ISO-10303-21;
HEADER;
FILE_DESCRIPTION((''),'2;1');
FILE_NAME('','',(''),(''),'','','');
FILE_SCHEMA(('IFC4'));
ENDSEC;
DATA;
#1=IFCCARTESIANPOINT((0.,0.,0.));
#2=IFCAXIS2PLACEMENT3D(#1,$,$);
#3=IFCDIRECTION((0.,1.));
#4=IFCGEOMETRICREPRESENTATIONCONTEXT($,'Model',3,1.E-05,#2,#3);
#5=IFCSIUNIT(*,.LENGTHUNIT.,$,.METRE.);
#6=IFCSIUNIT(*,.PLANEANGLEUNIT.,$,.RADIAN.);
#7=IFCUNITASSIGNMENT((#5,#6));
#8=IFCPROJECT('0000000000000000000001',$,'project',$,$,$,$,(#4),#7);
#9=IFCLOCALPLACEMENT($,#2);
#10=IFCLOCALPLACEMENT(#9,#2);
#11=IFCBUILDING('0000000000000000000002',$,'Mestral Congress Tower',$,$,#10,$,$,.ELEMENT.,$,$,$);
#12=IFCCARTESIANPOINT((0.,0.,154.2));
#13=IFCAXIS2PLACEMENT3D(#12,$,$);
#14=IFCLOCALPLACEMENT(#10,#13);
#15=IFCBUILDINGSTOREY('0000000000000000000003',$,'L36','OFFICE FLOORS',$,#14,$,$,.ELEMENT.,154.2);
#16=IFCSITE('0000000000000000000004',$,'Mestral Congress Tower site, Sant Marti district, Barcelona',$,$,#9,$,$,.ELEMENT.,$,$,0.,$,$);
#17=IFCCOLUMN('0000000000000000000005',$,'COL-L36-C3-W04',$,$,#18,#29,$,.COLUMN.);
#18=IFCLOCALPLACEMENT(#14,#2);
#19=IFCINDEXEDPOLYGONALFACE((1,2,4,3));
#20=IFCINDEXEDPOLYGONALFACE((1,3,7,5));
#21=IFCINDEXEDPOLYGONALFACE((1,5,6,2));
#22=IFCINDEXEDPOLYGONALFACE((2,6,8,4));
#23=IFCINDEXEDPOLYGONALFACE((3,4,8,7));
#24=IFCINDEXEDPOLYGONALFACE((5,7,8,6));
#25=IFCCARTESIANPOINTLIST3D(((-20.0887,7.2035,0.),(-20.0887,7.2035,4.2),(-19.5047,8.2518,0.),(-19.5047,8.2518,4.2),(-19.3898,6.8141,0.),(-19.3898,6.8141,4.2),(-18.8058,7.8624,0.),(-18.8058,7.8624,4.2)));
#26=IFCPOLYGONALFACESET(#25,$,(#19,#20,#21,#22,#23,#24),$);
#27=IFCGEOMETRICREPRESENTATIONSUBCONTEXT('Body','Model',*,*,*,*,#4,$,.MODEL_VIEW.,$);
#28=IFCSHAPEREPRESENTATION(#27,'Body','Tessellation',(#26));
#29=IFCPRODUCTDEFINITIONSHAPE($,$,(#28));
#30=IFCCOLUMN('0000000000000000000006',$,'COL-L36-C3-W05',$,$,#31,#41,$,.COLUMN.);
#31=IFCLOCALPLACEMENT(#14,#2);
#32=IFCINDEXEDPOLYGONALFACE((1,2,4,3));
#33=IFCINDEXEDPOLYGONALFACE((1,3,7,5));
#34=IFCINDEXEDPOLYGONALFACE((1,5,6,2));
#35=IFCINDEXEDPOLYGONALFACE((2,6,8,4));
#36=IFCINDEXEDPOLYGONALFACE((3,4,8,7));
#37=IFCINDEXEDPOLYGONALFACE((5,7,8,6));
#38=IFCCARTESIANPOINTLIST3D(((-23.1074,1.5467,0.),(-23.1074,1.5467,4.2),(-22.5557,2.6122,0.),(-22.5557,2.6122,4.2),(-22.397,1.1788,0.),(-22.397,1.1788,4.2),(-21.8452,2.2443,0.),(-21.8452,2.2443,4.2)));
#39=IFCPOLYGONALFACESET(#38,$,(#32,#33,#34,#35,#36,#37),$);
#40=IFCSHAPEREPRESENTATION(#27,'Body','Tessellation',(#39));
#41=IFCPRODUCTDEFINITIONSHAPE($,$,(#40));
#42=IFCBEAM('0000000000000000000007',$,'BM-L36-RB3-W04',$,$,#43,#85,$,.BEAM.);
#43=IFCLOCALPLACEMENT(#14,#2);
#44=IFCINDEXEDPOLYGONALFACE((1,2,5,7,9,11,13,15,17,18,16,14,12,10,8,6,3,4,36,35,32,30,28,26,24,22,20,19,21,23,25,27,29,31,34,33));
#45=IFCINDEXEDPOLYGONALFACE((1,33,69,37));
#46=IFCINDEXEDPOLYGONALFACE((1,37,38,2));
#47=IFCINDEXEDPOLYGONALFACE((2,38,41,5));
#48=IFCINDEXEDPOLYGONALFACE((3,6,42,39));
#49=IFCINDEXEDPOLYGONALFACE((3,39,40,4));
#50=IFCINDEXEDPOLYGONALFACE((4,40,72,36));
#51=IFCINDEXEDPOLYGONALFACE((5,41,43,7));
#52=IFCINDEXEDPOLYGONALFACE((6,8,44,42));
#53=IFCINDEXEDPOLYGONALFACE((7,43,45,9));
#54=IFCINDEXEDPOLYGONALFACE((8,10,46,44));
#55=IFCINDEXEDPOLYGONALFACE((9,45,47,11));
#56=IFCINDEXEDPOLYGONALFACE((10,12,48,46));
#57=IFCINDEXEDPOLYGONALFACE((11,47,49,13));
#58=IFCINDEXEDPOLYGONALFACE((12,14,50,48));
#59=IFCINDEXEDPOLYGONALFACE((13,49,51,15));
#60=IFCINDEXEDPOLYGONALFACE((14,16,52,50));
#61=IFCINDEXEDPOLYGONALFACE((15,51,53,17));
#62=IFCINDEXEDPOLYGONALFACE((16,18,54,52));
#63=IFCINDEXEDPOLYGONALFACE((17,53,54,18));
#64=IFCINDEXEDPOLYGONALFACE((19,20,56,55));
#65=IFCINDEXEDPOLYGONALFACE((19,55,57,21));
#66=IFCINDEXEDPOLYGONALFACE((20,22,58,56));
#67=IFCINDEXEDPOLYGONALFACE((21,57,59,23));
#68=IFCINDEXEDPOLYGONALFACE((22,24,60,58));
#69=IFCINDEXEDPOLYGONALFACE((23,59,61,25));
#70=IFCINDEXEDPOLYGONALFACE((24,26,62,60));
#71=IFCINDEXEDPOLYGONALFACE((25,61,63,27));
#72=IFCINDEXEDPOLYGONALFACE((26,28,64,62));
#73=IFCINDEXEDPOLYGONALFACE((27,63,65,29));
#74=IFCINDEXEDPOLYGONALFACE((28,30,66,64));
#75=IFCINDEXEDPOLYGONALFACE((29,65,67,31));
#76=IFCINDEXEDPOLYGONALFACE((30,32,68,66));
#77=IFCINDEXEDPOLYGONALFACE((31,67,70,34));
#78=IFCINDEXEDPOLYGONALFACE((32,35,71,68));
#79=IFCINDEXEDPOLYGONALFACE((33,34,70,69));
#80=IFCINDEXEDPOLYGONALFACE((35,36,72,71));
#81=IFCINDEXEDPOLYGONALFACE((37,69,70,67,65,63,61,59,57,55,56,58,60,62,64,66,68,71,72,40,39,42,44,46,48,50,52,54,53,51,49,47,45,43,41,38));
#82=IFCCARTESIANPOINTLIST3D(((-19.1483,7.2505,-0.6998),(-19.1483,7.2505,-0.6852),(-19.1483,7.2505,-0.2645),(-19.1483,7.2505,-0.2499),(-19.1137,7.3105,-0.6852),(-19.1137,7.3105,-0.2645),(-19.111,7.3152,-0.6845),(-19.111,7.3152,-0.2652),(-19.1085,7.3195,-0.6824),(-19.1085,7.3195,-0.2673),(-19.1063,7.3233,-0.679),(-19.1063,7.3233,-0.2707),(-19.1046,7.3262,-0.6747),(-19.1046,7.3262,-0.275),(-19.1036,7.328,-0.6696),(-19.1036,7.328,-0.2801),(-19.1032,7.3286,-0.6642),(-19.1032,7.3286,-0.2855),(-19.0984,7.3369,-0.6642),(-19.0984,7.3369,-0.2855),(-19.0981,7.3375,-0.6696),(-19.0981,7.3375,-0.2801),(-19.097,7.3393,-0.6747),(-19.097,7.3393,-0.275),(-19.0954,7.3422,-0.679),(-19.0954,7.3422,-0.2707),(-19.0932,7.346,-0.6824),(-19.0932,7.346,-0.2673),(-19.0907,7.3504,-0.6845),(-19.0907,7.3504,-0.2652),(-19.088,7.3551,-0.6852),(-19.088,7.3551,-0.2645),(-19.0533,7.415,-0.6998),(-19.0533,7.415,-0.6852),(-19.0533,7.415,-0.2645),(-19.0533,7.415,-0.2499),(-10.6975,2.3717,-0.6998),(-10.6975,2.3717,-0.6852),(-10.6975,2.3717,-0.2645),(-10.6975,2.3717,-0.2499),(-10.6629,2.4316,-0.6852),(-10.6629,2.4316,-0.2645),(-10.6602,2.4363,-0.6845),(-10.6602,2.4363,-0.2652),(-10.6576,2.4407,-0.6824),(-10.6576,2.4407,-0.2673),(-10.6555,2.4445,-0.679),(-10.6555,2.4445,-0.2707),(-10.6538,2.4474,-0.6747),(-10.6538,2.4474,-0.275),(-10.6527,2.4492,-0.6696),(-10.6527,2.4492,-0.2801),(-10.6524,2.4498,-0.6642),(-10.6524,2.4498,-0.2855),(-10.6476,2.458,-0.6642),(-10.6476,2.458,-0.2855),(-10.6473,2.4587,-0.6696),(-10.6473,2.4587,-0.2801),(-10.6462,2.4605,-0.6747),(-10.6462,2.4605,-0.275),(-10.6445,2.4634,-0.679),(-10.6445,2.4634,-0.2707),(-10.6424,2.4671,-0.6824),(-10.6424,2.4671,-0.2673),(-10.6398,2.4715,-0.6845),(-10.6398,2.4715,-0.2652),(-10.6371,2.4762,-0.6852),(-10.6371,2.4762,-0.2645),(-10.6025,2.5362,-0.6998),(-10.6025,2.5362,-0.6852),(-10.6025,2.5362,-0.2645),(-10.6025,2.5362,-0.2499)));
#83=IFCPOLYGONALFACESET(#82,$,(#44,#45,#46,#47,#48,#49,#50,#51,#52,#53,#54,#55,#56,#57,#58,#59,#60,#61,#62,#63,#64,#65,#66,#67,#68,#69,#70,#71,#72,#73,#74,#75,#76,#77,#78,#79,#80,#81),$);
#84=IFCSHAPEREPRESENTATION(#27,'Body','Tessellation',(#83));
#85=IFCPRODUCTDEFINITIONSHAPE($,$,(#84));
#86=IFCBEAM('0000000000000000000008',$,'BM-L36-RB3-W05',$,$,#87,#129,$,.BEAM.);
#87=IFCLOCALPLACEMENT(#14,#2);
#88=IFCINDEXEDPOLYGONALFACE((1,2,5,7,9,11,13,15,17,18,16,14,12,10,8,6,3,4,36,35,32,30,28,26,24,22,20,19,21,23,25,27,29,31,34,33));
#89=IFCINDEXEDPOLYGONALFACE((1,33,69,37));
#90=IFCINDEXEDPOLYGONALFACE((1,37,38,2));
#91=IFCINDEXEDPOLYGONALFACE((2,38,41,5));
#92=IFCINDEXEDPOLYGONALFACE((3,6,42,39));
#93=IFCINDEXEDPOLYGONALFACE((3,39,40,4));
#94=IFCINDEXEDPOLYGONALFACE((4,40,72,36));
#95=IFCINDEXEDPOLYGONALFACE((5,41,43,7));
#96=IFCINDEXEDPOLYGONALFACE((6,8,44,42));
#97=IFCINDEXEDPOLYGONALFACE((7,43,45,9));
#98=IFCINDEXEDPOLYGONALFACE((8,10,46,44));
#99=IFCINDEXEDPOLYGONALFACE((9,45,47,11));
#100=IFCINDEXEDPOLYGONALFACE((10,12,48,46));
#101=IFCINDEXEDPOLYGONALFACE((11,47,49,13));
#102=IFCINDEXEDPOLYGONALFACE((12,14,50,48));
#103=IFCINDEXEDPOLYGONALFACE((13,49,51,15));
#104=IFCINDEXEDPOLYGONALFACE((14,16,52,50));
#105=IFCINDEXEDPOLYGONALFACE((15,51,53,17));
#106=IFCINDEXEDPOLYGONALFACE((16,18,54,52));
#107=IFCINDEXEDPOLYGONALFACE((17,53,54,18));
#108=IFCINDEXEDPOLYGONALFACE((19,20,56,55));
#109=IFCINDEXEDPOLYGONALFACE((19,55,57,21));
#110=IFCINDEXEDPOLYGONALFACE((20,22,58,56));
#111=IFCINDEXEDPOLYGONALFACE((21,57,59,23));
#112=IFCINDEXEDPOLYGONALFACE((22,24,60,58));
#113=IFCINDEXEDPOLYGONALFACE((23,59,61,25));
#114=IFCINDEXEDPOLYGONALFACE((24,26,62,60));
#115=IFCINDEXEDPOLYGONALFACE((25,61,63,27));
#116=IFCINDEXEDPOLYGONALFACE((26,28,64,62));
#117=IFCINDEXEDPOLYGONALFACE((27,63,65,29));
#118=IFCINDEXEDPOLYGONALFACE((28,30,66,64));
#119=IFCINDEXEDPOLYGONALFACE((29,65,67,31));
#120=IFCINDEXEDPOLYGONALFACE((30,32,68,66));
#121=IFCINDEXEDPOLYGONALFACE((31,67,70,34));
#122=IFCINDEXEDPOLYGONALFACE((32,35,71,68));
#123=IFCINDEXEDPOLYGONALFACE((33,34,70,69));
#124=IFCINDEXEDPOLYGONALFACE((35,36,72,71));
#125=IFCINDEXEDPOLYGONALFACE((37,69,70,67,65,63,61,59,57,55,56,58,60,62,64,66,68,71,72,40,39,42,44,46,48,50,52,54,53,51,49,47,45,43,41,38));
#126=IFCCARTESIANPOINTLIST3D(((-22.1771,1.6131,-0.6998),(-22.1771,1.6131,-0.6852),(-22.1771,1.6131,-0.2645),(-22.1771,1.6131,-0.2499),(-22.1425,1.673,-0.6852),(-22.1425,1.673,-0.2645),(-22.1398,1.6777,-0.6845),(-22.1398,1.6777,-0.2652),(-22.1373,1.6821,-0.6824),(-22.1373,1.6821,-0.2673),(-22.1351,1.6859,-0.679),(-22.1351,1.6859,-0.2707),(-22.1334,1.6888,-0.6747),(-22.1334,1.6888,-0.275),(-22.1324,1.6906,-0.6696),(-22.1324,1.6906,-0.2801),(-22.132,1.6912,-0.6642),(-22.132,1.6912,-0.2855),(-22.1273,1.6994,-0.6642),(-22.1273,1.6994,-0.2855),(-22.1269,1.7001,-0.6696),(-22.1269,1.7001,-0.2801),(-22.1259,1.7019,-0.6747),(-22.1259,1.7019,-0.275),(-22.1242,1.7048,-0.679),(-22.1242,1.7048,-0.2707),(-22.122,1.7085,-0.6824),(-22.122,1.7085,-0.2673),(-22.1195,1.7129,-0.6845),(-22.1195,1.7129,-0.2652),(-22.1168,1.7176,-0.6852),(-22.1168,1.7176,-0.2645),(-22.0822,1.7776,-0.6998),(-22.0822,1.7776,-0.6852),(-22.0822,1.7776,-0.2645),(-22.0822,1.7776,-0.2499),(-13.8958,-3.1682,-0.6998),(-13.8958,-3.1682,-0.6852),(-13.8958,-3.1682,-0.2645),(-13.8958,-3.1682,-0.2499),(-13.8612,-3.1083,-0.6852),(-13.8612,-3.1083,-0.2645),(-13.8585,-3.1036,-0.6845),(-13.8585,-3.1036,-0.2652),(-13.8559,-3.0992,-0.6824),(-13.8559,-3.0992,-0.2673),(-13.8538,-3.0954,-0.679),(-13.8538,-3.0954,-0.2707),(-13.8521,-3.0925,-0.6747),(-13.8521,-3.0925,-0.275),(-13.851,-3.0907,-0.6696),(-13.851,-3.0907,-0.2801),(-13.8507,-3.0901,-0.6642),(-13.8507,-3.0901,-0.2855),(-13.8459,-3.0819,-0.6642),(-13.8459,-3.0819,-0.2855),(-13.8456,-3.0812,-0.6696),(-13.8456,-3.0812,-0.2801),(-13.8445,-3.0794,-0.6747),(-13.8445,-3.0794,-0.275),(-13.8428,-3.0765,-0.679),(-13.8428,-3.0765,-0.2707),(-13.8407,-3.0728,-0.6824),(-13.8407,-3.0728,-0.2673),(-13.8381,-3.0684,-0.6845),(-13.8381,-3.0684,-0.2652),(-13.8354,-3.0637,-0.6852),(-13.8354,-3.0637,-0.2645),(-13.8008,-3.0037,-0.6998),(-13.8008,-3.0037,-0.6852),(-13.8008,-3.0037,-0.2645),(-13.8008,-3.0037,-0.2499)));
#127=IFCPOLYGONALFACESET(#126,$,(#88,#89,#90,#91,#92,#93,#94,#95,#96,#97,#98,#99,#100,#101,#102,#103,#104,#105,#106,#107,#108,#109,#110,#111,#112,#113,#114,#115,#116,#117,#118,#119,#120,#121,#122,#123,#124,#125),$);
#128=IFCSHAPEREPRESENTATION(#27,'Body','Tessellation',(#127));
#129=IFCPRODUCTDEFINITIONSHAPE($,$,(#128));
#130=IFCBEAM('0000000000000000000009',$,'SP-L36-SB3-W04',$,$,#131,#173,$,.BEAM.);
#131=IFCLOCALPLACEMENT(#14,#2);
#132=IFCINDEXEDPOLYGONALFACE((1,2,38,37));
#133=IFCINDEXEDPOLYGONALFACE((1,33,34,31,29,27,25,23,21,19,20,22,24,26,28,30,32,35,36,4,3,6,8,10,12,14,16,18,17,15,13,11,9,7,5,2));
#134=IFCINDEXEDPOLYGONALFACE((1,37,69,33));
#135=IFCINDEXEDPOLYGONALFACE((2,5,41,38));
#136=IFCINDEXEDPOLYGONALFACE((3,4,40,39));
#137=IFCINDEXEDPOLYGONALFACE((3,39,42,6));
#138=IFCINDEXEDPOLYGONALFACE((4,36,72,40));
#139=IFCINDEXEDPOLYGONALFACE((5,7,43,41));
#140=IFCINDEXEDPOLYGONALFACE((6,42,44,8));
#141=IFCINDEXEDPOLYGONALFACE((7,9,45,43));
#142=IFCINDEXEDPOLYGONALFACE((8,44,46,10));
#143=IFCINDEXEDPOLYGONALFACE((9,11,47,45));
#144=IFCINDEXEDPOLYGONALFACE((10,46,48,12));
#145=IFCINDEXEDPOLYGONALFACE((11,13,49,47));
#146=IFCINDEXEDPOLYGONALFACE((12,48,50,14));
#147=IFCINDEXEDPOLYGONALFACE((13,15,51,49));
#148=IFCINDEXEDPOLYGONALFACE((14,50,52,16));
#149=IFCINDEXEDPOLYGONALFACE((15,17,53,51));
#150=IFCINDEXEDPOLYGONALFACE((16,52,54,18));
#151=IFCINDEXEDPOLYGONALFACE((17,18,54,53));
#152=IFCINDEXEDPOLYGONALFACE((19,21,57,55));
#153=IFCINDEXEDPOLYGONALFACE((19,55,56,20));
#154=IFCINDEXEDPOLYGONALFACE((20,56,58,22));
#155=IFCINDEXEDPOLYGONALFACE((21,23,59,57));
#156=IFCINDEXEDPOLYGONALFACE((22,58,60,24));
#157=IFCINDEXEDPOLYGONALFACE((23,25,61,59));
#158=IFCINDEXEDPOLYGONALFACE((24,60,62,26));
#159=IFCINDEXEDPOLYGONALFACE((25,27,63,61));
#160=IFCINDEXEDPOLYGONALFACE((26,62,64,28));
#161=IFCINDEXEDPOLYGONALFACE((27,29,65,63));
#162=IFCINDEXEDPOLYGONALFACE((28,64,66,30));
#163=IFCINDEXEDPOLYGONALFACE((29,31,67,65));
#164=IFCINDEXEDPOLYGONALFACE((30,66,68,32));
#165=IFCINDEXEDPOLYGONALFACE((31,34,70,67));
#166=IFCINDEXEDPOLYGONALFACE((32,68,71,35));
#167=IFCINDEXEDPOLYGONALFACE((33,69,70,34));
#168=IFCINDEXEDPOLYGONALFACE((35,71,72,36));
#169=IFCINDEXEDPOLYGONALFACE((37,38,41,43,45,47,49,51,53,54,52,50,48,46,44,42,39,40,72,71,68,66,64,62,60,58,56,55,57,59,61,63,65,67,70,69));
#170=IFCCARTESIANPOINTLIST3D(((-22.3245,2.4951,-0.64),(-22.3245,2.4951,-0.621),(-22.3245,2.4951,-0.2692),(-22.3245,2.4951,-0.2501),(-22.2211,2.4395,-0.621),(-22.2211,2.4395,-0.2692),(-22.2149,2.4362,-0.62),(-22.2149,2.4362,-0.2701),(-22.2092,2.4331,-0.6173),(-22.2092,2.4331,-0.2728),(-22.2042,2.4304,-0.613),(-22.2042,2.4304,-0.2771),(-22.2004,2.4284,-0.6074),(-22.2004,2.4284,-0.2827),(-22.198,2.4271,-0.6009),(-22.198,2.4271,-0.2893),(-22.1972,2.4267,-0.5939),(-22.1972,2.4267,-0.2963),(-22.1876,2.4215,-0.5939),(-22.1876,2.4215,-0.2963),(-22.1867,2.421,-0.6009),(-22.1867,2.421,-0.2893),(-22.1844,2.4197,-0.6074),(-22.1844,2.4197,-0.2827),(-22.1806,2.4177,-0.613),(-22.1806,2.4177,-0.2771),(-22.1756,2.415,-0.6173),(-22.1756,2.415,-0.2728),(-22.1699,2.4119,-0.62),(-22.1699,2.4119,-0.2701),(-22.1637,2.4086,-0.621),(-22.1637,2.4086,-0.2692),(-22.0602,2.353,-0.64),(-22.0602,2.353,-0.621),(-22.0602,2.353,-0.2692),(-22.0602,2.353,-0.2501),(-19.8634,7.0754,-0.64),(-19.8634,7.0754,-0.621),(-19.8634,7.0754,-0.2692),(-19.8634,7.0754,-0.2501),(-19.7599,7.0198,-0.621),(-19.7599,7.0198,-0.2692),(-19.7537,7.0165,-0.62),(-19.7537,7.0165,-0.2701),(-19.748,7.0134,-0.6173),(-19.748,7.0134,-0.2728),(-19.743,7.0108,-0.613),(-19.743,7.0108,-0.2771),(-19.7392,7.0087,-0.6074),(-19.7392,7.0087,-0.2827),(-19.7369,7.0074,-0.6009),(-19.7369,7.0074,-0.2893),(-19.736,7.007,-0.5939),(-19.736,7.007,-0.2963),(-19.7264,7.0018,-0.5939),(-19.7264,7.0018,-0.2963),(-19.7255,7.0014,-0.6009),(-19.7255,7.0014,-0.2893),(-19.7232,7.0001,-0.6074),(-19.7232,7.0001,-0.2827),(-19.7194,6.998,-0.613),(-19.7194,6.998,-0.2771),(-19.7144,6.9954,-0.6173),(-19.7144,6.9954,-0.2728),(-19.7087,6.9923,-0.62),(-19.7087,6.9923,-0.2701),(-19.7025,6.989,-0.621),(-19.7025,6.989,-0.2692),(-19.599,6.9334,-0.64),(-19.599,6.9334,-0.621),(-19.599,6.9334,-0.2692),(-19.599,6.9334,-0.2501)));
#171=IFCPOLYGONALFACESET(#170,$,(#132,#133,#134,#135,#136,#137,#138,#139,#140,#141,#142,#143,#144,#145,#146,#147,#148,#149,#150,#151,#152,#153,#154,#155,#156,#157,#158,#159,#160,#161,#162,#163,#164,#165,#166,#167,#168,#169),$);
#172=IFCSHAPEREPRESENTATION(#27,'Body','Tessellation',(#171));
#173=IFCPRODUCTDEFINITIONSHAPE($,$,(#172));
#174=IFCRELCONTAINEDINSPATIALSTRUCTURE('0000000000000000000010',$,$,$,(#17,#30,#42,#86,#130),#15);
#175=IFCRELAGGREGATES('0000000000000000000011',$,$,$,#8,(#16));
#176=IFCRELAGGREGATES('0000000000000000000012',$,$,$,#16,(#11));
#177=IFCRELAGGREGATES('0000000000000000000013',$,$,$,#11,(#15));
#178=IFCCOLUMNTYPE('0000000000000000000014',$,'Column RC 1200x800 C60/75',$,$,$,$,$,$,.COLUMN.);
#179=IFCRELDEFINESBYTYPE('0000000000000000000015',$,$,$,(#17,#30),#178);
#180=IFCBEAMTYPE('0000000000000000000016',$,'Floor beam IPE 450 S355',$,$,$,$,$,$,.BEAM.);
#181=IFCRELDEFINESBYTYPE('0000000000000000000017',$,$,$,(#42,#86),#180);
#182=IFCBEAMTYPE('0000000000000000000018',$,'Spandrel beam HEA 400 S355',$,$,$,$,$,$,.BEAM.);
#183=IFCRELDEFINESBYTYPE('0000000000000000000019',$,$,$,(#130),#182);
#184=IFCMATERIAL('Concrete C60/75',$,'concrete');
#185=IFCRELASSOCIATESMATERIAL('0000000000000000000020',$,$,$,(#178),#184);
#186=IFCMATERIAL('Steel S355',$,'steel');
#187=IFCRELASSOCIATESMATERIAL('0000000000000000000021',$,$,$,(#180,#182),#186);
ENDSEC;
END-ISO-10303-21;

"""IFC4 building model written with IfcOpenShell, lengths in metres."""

from ifc_helpers import new_model, si_unit, direction, frame, origin, origin_2d, place, context, subcontext, project, spatial, rectangle, i_section, extrude, material, material_profile, profile_set, type_object, element, save


model = new_model("IFC4")

# Units and contexts
model_context = context("Model", 3, precision=1e-05, world=origin(), true_north=direction((0.0, 1.0)))
body_context = subcontext(model_context, "Body", "Model", "MODEL_VIEW")
ifc_project = project(units=[si_unit("LENGTHUNIT", "METRE"), si_unit("PLANEANGLEUNIT", "RADIAN")], contexts=[model_context])

# Site, building, storey
site_placement = place(None, origin())
site = spatial("IfcSite", under=ifc_project, at=site_placement, Name="Mestral Congress Tower site, Sant Marti district, Barcelona", CompositionType="ELEMENT", RefElevation=0.0)
building_placement = place(site_placement, origin())
building = spatial("IfcBuilding", under=site, at=building_placement, Name="Mestral Congress Tower", CompositionType="ELEMENT")
storey_placement = place(building_placement, frame((0.0, 0.0, 154.2)))
storey = spatial("IfcBuildingStorey", under=building, at=storey_placement, Name="L36", Description="OFFICE FLOORS", CompositionType="ELEMENT", Elevation=154.2)

# Columns
ifc_material_1 = material(Name="Concrete C60/75", Category="concrete")
ifc_material_profile_1 = material_profile(ifc_material_1, rectangle(XDim=1.2, YDim=0.8, at=origin_2d()), Name="RC 1200x800")
ifc_profile_set_1 = profile_set([ifc_material_profile_1], Name="Concrete C60/75")
column_type = type_object("IfcColumnType", Name="Column RC 1200x800 C60/75", PredefinedType="COLUMN", material=ifc_profile_set_1)
for number, where, z_axis, x_axis, name in (
    (1, (-19.4473, 7.533, 0.0), (0.0, 0.0, 1.0), (-0.486724, -0.873556, 0.0), "COL-L36-C3-W04"),
    (2, (-22.4763, 1.8955, 0.0), (0.0, 0.0, 1.0), (-0.459837, -0.888003, 0.0), "COL-L36-C3-W05"),
):
    element("IfcColumn", number, at=place(storey_placement, frame(where, z_axis=z_axis, x_axis=x_axis)), inside=storey, type_object=column_type, Name=name, PredefinedType="COLUMN", context=body_context, shape_type="SweptSolid", body=[
        extrude(rectangle(XDim=1.2, YDim=0.8, at=origin_2d()), origin(), (0.0, 0.0, 1.0), 4.2),
    ])

# Beams
ifc_material_2 = material(Name="Steel S355", Category="steel")
ifc_material_profile_2 = material_profile(ifc_material_2, i_section(OverallWidth=0.1899, OverallDepth=0.45, WebThickness=0.0095, FlangeThickness=0.0146, FilletRadius=0.021, at=origin_2d()), Name="IPE 450")
ifc_profile_set_2 = profile_set([ifc_material_profile_2], Name="Steel S355")
beam_type_1 = type_object("IfcBeamType", Name="Floor beam IPE 450 S355", PredefinedType="BEAM", material=ifc_profile_set_2)
beam_1_placement = place(storey_placement, frame((-19.1008, 7.3328, -0.4749), z_axis=(0.866036, -0.499982, 0.0), x_axis=(0.499982, 0.866036, 0.0)))
element("IfcBeam", 3, at=beam_1_placement, inside=storey, type_object=beam_type_1, Name="BM-L36-RB3-W04", PredefinedType="BEAM", context=body_context, shape_type="SweptSolid", body=[
    extrude(i_section(OverallWidth=0.1899, OverallDepth=0.45, WebThickness=0.0095, FlangeThickness=0.0146, FilletRadius=0.021, at=origin_2d()), origin(), (0.0, 0.0, 1.0), 9.7581),
])
beam_2_placement = place(storey_placement, frame((-22.1296, 1.6953, -0.4749), z_axis=(0.866022, -0.500005, 0.0), x_axis=(0.500005, 0.866022, 0.0)))
element("IfcBeam", 4, at=beam_2_placement, inside=storey, type_object=beam_type_1, Name="BM-L36-RB3-W05", PredefinedType="BEAM", context=body_context, shape_type="SweptSolid", body=[
    extrude(i_section(OverallWidth=0.1899, OverallDepth=0.45, WebThickness=0.0095, FlangeThickness=0.0146, FilletRadius=0.021, at=origin_2d()), origin(), (0.0, 0.0, 1.0), 9.5625),
])
ifc_material_profile_3 = material_profile(ifc_material_2, i_section(OverallWidth=0.3, OverallDepth=0.3899, WebThickness=0.011, FlangeThickness=0.019, FilletRadius=0.0271, at=origin_2d()), Name="HEA 400")
ifc_profile_set_3 = profile_set([ifc_material_profile_3], Name="Steel S355")
beam_type_2 = type_object("IfcBeamType", Name="Spandrel beam HEA 400 S355", PredefinedType="BEAM", material=ifc_profile_set_3)
beam_3_placement = place(storey_placement, frame((-19.7312, 7.0044, -0.4451), z_axis=(-0.473332, -0.880884, 0.0), x_axis=(0.880884, -0.473332, 0.0)))
element("IfcBeam", 5, at=beam_3_placement, inside=storey, type_object=beam_type_2, Name="SP-L36-SB3-W04", PredefinedType="BEAM", context=body_context, shape_type="SweptSolid", body=[
    extrude(i_section(OverallWidth=0.3, OverallDepth=0.3899, WebThickness=0.011, FlangeThickness=0.019, FilletRadius=0.0271, at=origin_2d()), origin(), (0.0, 0.0, 1.0), 5.1997),
])

save(model, "model.ifc")
